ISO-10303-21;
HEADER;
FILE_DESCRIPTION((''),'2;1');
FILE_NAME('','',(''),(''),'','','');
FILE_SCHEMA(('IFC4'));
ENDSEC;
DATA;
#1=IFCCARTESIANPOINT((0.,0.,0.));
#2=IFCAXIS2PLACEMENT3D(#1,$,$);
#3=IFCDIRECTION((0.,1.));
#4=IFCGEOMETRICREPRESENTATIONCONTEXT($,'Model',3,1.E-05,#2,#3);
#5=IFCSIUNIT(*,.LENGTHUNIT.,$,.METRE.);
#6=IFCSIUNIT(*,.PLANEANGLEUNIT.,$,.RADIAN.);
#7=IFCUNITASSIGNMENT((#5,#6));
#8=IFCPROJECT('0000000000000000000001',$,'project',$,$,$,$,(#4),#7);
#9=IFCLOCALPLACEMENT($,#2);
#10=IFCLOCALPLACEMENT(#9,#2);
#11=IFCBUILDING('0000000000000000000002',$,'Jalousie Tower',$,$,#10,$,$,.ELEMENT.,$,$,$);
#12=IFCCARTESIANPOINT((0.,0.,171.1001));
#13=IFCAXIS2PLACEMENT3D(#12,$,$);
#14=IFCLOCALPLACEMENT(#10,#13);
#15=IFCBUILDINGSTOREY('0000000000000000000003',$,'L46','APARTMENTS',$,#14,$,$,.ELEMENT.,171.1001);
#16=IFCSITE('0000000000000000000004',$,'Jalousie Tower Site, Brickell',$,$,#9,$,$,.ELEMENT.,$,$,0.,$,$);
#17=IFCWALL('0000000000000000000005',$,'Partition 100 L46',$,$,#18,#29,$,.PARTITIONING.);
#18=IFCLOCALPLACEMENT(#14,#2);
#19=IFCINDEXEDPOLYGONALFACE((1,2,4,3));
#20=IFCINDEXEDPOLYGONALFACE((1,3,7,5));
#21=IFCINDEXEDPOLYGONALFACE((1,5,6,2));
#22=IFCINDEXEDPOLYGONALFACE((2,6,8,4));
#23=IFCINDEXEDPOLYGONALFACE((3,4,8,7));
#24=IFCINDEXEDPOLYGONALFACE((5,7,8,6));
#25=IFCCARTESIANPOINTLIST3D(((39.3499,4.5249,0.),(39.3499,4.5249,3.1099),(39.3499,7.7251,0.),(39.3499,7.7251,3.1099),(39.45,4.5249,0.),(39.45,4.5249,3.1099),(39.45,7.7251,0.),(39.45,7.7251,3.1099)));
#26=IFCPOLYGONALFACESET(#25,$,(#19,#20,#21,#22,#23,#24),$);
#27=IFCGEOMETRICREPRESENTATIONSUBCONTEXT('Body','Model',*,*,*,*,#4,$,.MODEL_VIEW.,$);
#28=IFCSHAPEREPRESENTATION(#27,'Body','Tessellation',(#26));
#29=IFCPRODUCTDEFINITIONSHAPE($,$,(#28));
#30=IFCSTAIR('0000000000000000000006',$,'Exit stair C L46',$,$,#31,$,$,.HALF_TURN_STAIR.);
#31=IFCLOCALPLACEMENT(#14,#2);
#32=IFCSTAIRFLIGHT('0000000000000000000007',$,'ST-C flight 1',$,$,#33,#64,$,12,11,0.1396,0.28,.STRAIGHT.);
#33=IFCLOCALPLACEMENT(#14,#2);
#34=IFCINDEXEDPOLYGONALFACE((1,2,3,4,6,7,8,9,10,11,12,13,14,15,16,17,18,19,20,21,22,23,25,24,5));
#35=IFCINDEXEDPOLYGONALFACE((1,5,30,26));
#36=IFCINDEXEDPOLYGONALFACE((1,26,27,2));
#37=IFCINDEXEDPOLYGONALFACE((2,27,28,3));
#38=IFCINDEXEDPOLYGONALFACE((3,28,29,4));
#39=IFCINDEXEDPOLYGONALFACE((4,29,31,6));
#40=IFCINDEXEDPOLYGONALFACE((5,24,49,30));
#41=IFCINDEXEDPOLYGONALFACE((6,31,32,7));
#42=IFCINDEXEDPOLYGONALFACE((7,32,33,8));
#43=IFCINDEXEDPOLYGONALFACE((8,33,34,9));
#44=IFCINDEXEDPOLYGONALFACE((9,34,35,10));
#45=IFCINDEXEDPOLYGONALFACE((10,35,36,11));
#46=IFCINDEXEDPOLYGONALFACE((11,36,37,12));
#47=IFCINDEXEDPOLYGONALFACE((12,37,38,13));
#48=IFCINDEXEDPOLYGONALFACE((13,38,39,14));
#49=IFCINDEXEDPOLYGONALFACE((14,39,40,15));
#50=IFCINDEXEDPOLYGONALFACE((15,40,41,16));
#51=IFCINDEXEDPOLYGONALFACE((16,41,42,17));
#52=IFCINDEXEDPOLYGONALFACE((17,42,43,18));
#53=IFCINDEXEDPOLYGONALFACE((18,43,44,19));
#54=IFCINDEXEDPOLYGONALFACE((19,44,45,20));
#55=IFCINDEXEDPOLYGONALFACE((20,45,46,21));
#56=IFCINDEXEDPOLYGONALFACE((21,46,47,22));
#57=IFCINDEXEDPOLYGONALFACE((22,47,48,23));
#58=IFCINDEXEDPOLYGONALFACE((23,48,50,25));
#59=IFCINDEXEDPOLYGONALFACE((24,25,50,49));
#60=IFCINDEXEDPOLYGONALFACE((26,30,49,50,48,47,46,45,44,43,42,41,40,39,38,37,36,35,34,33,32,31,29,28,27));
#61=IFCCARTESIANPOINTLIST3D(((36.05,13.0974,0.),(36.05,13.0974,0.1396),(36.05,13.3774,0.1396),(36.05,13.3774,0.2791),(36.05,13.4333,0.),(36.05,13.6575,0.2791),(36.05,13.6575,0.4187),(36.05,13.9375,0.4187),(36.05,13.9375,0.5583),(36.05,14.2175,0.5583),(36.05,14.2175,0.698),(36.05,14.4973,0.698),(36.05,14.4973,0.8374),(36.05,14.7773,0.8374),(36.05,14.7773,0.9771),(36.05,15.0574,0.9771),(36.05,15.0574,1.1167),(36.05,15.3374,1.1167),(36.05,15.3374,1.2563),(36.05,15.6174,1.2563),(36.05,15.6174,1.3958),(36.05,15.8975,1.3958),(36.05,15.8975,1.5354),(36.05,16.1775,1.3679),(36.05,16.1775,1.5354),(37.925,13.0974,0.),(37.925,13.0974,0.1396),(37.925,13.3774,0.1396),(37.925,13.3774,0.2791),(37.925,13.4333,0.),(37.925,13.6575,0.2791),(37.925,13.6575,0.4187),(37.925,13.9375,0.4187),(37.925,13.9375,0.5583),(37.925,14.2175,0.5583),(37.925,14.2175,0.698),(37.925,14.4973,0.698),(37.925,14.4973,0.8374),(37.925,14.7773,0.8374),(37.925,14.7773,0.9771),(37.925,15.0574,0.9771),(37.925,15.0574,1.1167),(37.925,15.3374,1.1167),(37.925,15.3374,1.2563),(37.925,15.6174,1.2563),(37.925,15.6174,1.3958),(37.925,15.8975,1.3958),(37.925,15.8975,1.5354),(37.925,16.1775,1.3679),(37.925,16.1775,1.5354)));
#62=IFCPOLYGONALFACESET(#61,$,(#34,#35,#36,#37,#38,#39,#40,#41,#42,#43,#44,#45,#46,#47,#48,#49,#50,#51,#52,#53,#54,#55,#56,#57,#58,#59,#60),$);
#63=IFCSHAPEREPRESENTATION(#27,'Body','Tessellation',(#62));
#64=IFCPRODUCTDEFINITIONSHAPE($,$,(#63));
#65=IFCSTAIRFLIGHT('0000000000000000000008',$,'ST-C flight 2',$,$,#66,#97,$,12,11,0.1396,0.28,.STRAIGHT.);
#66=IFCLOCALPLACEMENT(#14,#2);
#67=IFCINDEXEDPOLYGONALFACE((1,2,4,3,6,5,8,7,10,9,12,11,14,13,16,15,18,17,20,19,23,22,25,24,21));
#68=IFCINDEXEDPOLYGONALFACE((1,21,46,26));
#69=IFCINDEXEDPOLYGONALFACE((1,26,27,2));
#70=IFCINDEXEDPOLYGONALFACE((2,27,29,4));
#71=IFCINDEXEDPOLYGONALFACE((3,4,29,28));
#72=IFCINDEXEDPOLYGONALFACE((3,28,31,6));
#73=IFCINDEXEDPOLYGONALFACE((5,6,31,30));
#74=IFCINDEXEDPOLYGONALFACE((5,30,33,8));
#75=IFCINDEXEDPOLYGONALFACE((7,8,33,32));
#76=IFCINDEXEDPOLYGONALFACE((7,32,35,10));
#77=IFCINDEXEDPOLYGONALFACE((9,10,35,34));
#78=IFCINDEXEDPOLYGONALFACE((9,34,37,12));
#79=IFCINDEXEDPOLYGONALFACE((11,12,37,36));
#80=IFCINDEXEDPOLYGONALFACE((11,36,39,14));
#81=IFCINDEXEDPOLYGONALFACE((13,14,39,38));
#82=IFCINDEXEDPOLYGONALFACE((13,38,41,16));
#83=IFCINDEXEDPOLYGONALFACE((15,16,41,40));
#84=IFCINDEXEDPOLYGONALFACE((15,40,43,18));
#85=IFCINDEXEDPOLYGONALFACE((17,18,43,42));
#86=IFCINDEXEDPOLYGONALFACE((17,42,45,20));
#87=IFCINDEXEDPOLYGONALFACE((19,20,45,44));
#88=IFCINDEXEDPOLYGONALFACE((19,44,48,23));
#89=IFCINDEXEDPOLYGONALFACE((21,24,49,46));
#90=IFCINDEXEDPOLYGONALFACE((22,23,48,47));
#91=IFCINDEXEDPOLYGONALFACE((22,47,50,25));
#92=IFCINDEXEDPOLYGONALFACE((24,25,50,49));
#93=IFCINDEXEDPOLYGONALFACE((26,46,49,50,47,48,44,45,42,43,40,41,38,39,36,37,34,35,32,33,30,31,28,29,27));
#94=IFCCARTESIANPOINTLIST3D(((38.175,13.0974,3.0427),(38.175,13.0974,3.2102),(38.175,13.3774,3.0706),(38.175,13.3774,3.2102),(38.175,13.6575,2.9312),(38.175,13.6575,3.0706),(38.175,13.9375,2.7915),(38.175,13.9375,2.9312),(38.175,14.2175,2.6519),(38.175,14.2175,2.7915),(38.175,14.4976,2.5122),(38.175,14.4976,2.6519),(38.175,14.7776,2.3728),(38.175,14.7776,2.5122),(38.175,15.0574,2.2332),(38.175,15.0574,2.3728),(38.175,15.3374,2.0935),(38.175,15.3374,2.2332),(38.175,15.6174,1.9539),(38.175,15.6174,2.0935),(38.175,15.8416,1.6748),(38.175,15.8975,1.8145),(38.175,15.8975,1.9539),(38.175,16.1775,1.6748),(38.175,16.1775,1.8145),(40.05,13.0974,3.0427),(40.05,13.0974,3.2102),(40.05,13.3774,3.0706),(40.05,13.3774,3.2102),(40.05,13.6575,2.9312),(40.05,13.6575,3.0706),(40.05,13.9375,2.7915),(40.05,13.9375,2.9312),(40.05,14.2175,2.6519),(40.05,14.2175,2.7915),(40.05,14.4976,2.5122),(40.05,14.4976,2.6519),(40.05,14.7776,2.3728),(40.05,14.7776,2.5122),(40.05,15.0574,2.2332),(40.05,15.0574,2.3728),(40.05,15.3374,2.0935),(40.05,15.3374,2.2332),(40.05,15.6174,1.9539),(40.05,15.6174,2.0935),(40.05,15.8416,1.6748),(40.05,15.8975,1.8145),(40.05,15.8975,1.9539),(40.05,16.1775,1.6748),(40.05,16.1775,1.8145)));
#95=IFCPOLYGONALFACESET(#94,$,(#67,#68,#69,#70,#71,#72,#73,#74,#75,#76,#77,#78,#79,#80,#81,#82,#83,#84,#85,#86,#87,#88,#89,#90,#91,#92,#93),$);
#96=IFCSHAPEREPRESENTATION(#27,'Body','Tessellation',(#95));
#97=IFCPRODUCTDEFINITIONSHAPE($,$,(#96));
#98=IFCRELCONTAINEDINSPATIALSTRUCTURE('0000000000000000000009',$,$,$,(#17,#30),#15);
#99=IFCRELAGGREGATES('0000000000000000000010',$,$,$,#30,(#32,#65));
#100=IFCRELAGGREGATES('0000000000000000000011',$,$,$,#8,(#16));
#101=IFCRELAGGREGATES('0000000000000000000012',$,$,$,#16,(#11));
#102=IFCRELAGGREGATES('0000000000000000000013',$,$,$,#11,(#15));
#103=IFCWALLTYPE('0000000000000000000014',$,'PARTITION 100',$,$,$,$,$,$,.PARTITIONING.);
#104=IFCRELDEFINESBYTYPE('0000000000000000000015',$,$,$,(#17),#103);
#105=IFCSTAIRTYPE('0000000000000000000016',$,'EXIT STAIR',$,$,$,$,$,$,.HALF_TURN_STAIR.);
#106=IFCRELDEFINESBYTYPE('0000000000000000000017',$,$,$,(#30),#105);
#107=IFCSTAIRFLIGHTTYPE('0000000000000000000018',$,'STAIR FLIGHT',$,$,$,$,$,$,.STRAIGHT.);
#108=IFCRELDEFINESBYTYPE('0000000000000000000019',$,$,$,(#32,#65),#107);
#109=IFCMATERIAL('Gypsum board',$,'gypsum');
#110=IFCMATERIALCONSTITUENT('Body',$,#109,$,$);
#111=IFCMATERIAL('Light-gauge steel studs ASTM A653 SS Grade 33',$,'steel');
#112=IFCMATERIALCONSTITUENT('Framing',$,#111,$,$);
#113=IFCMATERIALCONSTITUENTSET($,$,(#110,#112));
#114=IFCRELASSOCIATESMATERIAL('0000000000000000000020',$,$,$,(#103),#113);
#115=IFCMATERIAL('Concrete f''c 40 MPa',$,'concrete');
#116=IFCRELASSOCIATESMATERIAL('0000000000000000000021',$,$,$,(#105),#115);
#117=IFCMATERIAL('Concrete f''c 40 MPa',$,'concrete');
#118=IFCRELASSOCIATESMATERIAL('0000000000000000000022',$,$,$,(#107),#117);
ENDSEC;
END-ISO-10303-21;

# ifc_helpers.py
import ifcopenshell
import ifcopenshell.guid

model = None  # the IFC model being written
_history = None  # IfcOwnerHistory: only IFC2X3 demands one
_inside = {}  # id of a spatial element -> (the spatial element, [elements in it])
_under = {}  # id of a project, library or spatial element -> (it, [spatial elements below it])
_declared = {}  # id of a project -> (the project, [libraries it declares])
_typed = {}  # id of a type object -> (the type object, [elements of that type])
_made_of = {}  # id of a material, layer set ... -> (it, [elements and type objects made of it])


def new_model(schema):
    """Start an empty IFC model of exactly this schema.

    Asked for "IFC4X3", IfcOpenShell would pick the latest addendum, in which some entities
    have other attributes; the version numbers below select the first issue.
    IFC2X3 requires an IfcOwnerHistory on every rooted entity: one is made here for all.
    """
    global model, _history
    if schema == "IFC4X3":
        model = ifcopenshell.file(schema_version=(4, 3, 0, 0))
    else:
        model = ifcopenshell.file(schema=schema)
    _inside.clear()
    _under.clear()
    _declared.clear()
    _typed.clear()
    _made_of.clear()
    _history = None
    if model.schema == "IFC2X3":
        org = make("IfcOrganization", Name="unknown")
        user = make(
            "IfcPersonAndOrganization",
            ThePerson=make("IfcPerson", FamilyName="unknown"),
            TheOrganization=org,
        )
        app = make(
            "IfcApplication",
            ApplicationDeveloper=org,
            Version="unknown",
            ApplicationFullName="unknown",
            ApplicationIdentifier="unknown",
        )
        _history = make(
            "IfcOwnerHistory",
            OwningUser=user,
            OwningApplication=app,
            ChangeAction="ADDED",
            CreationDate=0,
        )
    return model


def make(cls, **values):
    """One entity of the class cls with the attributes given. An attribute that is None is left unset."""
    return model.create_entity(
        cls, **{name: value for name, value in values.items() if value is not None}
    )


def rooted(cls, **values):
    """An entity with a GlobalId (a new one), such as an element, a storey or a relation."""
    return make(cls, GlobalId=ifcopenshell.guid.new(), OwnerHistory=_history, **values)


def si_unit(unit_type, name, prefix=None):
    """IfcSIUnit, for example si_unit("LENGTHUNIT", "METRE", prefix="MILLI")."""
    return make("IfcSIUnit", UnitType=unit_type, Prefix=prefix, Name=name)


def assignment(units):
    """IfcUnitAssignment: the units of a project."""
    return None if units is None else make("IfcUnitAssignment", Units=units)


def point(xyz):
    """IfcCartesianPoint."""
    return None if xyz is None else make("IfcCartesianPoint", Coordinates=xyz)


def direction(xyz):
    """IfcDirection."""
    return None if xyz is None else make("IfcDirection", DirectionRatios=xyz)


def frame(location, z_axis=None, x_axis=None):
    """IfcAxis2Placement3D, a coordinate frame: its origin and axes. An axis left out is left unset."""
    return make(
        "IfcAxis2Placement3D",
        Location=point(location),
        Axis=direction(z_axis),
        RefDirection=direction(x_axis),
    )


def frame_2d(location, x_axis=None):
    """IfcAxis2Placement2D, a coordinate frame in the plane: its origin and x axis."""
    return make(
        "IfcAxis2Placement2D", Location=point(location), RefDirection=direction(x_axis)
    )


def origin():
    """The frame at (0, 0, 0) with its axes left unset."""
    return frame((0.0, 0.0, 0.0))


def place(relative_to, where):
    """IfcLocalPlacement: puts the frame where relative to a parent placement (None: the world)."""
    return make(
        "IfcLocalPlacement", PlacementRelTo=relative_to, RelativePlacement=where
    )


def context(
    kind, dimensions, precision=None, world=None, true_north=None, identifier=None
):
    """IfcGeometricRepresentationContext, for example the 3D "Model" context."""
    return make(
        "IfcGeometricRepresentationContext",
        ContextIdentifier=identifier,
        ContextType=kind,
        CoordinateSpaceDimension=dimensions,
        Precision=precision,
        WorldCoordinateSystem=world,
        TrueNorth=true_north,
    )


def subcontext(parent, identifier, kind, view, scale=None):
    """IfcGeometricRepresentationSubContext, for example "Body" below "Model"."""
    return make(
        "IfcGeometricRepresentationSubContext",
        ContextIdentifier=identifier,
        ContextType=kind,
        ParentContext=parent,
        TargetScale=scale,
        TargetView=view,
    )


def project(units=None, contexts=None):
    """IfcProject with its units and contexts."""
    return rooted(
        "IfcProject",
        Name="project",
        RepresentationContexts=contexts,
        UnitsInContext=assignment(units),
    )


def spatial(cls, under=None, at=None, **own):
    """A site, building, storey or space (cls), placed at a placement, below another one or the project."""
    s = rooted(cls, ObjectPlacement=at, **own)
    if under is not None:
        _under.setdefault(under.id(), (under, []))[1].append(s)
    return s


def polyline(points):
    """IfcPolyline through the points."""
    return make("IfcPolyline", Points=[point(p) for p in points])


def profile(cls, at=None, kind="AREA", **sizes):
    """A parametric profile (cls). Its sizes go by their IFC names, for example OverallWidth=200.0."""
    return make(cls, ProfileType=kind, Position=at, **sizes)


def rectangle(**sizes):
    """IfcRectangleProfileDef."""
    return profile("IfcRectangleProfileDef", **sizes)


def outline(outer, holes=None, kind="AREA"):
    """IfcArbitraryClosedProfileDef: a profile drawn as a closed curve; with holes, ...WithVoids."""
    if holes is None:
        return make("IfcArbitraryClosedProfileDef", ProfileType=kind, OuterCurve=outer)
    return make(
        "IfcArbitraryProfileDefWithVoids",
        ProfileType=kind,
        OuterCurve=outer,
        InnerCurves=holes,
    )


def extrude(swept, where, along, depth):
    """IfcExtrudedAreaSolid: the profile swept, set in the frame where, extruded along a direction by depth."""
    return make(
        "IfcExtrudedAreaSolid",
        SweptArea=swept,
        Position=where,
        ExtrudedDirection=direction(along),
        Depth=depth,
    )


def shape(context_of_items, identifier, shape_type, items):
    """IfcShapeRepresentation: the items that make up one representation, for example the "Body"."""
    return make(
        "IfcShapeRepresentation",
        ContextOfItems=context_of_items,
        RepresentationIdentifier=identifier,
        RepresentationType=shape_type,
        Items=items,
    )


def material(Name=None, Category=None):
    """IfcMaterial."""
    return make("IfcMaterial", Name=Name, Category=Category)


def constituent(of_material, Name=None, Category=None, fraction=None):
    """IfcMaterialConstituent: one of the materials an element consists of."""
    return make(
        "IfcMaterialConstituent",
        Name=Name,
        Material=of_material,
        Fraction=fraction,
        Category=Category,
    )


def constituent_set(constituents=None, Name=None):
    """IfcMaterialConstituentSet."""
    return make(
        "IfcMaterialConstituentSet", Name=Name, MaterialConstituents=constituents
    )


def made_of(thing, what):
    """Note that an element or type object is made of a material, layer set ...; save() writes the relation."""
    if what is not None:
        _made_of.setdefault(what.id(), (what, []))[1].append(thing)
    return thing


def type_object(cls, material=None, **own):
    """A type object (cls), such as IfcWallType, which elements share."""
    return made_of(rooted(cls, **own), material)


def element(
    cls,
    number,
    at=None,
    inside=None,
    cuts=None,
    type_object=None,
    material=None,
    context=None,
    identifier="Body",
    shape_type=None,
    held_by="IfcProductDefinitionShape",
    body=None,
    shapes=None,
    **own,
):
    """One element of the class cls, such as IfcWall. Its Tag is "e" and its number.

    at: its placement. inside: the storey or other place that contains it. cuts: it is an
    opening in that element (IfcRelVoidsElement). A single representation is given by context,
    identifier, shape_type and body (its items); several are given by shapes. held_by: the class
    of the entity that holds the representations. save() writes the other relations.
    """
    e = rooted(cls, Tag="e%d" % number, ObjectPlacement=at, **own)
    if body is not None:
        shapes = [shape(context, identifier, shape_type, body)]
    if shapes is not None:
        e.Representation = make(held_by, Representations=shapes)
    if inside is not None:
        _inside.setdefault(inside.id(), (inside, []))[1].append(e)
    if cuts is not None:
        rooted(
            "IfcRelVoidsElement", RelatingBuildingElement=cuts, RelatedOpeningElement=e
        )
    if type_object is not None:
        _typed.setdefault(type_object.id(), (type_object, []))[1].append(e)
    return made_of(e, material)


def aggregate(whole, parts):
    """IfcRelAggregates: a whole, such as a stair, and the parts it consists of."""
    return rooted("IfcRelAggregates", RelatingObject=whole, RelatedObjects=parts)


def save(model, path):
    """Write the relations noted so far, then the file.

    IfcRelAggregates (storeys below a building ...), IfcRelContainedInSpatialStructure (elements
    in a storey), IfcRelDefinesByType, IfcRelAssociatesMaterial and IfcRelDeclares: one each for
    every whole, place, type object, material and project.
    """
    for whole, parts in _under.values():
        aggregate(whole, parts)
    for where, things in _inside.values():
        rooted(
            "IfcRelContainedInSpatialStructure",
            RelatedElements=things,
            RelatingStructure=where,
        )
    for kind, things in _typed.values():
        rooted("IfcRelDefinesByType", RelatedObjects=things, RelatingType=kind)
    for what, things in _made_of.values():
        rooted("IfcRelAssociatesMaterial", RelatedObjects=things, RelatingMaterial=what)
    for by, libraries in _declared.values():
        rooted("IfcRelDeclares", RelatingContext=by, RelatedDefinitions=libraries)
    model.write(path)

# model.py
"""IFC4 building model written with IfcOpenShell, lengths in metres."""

from ifc_helpers import new_model, si_unit, direction, frame, frame_2d, origin, place, context, subcontext, project, spatial, polyline, rectangle, outline, extrude, material, constituent, constituent_set, type_object, element, aggregate, save


model = new_model("IFC4")

# Units and contexts
model_context = context("Model", 3, precision=1e-05, world=origin(), true_north=direction((0.0, 1.0)))
body_context = subcontext(model_context, "Body", "Model", "MODEL_VIEW")
ifc_project = project(units=[si_unit("LENGTHUNIT", "METRE"), si_unit("PLANEANGLEUNIT", "RADIAN")], contexts=[model_context])

# Site, building, storey
site_placement = place(None, origin())
site = spatial("IfcSite", under=ifc_project, at=site_placement, Name="Jalousie Tower Site, Brickell", CompositionType="ELEMENT", RefElevation=0.0)
building_placement = place(site_placement, origin())
building = spatial("IfcBuilding", under=site, at=building_placement, Name="Jalousie Tower", CompositionType="ELEMENT")
storey_placement = place(building_placement, frame((0.0, 0.0, 171.1001)))
storey = spatial("IfcBuildingStorey", under=building, at=storey_placement, Name="L46", Description="APARTMENTS", CompositionType="ELEMENT", Elevation=171.1001)

# Wall
ifc_material_1 = material(Name="Gypsum board", Category="gypsum")
ifc_constituent_1 = constituent(ifc_material_1, Name="Body")
ifc_material_2 = material(Name="Light-gauge steel studs ASTM A653 SS Grade 33", Category="steel")
ifc_constituent_2 = constituent(ifc_material_2, Name="Framing")
ifc_constituent_set_1 = constituent_set(constituents=[ifc_constituent_1, ifc_constituent_2])
wall_type_1 = type_object("IfcWallType", Name="PARTITION 100", PredefinedType="PARTITIONING", material=ifc_constituent_set_1)
wall_1_placement = place(storey_placement, frame((39.3999, 7.7251, 0.0), z_axis=(0.0, 0.0, 1.0), x_axis=(0.0, -1.0, 0.0)))
element("IfcWall", 1, at=wall_1_placement, inside=storey, type_object=wall_type_1, Name="Partition 100 L46", PredefinedType="PARTITIONING", context=body_context, shape_type="SweptSolid", body=[
    extrude(rectangle(XDim=3.2002, YDim=0.1001, at=frame_2d((1.6001, 0.0))), origin(), (0.0, 0.0, 1.0), 3.1099),
])

# Stair, stair flights
ifc_material_3 = material(Name="Concrete f'c 40 MPa", Category="concrete")
stair_type = type_object("IfcStairType", Name="EXIT STAIR", PredefinedType="HALF_TURN_STAIR", material=ifc_material_3)
stair_placement = place(storey_placement, origin())
stair = element("IfcStair", 2, at=stair_placement, inside=storey, type_object=stair_type, Name="Exit stair C L46", PredefinedType="HALF_TURN_STAIR")
ifc_material_4 = material(Name="Concrete f'c 40 MPa", Category="concrete")
stair_flight_type = type_object("IfcStairFlightType", Name="STAIR FLIGHT", PredefinedType="STRAIGHT", material=ifc_material_4)
stair_flight_1_placement = place(storey_placement, frame((36.9875, 13.0974, 0.0), z_axis=(0.0, 0.0, 1.0), x_axis=(0.0, 1.0, 0.0)))
stair_flight_1 = element("IfcStairFlight", 3, at=stair_flight_1_placement, type_object=stair_flight_type, Name="ST-C flight 1", NumberOfRisers=12, NumberOfTreads=11, PredefinedType="STRAIGHT", RiserHeight=0.1396, TreadLength=0.28, context=body_context, shape_type="SweptSolid", body=[
    extrude(outline(polyline([(0.0, 0.0), (0.0, 0.1396), (0.28, 0.1396), (0.28, 0.2791), (0.5601, 0.2791), (0.5601, 0.4187), (0.8401, 0.4187), (0.8401, 0.5583), (1.1201, 0.5583), (1.1201, 0.698), (1.3999, 0.698), (1.3999, 0.8374), (1.6799, 0.8374), (1.6799, 0.9771), (1.96, 0.9771), (1.96, 1.1167), (2.24, 1.1167), (2.24, 1.2563), (2.52, 1.2563), (2.52, 1.3958), (2.8, 1.3958), (2.8, 1.5354), (3.0801, 1.5354), (3.0801, 1.675), (3.0801, 1.3679), (0.3359, 0.0), (0.0, 0.0)])), frame((0.0, 0.9375, 0.0), z_axis=(0.0, -1.0, 0.0), x_axis=(1.0, 0.0, 0.0)), (0.0, 0.0, 1.0), 1.875),
])
stair_flight_2_placement = place(storey_placement, frame((39.1125, 16.1775, 1.6748), z_axis=(0.0, 0.0, 1.0), x_axis=(0.0, -1.0, 0.0)))
stair_flight_2 = element("IfcStairFlight", 4, at=stair_flight_2_placement, type_object=stair_flight_type, Name="ST-C flight 2", NumberOfRisers=12, NumberOfTreads=11, PredefinedType="STRAIGHT", RiserHeight=0.1396, TreadLength=0.28, context=body_context, shape_type="SweptSolid", body=[
    extrude(outline(polyline([(0.0, 0.0), (0.0, 0.1396), (0.28, 0.1396), (0.28, 0.2791), (0.5601, 0.2791), (0.5601, 0.4187), (0.8401, 0.4187), (0.8401, 0.5583), (1.1201, 0.5583), (1.1201, 0.698), (1.3999, 0.698), (1.3999, 0.8374), (1.6799, 0.8374), (1.6799, 0.9771), (1.96, 0.9771), (1.96, 1.1167), (2.24, 1.1167), (2.24, 1.2563), (2.52, 1.2563), (2.52, 1.3958), (2.8, 1.3958), (2.8, 1.5354), (3.0801, 1.5354), (3.0801, 1.675), (3.0801, 1.3679), (0.3359, 0.0), (0.0, 0.0)])), frame((0.0, 0.9375, 0.0), z_axis=(0.0, -1.0, 0.0), x_axis=(1.0, 0.0, 0.0)), (0.0, 0.0, 1.0), 1.875),
])
aggregate(stair, [stair_flight_1, stair_flight_2])

save(model, "model.ifc")
